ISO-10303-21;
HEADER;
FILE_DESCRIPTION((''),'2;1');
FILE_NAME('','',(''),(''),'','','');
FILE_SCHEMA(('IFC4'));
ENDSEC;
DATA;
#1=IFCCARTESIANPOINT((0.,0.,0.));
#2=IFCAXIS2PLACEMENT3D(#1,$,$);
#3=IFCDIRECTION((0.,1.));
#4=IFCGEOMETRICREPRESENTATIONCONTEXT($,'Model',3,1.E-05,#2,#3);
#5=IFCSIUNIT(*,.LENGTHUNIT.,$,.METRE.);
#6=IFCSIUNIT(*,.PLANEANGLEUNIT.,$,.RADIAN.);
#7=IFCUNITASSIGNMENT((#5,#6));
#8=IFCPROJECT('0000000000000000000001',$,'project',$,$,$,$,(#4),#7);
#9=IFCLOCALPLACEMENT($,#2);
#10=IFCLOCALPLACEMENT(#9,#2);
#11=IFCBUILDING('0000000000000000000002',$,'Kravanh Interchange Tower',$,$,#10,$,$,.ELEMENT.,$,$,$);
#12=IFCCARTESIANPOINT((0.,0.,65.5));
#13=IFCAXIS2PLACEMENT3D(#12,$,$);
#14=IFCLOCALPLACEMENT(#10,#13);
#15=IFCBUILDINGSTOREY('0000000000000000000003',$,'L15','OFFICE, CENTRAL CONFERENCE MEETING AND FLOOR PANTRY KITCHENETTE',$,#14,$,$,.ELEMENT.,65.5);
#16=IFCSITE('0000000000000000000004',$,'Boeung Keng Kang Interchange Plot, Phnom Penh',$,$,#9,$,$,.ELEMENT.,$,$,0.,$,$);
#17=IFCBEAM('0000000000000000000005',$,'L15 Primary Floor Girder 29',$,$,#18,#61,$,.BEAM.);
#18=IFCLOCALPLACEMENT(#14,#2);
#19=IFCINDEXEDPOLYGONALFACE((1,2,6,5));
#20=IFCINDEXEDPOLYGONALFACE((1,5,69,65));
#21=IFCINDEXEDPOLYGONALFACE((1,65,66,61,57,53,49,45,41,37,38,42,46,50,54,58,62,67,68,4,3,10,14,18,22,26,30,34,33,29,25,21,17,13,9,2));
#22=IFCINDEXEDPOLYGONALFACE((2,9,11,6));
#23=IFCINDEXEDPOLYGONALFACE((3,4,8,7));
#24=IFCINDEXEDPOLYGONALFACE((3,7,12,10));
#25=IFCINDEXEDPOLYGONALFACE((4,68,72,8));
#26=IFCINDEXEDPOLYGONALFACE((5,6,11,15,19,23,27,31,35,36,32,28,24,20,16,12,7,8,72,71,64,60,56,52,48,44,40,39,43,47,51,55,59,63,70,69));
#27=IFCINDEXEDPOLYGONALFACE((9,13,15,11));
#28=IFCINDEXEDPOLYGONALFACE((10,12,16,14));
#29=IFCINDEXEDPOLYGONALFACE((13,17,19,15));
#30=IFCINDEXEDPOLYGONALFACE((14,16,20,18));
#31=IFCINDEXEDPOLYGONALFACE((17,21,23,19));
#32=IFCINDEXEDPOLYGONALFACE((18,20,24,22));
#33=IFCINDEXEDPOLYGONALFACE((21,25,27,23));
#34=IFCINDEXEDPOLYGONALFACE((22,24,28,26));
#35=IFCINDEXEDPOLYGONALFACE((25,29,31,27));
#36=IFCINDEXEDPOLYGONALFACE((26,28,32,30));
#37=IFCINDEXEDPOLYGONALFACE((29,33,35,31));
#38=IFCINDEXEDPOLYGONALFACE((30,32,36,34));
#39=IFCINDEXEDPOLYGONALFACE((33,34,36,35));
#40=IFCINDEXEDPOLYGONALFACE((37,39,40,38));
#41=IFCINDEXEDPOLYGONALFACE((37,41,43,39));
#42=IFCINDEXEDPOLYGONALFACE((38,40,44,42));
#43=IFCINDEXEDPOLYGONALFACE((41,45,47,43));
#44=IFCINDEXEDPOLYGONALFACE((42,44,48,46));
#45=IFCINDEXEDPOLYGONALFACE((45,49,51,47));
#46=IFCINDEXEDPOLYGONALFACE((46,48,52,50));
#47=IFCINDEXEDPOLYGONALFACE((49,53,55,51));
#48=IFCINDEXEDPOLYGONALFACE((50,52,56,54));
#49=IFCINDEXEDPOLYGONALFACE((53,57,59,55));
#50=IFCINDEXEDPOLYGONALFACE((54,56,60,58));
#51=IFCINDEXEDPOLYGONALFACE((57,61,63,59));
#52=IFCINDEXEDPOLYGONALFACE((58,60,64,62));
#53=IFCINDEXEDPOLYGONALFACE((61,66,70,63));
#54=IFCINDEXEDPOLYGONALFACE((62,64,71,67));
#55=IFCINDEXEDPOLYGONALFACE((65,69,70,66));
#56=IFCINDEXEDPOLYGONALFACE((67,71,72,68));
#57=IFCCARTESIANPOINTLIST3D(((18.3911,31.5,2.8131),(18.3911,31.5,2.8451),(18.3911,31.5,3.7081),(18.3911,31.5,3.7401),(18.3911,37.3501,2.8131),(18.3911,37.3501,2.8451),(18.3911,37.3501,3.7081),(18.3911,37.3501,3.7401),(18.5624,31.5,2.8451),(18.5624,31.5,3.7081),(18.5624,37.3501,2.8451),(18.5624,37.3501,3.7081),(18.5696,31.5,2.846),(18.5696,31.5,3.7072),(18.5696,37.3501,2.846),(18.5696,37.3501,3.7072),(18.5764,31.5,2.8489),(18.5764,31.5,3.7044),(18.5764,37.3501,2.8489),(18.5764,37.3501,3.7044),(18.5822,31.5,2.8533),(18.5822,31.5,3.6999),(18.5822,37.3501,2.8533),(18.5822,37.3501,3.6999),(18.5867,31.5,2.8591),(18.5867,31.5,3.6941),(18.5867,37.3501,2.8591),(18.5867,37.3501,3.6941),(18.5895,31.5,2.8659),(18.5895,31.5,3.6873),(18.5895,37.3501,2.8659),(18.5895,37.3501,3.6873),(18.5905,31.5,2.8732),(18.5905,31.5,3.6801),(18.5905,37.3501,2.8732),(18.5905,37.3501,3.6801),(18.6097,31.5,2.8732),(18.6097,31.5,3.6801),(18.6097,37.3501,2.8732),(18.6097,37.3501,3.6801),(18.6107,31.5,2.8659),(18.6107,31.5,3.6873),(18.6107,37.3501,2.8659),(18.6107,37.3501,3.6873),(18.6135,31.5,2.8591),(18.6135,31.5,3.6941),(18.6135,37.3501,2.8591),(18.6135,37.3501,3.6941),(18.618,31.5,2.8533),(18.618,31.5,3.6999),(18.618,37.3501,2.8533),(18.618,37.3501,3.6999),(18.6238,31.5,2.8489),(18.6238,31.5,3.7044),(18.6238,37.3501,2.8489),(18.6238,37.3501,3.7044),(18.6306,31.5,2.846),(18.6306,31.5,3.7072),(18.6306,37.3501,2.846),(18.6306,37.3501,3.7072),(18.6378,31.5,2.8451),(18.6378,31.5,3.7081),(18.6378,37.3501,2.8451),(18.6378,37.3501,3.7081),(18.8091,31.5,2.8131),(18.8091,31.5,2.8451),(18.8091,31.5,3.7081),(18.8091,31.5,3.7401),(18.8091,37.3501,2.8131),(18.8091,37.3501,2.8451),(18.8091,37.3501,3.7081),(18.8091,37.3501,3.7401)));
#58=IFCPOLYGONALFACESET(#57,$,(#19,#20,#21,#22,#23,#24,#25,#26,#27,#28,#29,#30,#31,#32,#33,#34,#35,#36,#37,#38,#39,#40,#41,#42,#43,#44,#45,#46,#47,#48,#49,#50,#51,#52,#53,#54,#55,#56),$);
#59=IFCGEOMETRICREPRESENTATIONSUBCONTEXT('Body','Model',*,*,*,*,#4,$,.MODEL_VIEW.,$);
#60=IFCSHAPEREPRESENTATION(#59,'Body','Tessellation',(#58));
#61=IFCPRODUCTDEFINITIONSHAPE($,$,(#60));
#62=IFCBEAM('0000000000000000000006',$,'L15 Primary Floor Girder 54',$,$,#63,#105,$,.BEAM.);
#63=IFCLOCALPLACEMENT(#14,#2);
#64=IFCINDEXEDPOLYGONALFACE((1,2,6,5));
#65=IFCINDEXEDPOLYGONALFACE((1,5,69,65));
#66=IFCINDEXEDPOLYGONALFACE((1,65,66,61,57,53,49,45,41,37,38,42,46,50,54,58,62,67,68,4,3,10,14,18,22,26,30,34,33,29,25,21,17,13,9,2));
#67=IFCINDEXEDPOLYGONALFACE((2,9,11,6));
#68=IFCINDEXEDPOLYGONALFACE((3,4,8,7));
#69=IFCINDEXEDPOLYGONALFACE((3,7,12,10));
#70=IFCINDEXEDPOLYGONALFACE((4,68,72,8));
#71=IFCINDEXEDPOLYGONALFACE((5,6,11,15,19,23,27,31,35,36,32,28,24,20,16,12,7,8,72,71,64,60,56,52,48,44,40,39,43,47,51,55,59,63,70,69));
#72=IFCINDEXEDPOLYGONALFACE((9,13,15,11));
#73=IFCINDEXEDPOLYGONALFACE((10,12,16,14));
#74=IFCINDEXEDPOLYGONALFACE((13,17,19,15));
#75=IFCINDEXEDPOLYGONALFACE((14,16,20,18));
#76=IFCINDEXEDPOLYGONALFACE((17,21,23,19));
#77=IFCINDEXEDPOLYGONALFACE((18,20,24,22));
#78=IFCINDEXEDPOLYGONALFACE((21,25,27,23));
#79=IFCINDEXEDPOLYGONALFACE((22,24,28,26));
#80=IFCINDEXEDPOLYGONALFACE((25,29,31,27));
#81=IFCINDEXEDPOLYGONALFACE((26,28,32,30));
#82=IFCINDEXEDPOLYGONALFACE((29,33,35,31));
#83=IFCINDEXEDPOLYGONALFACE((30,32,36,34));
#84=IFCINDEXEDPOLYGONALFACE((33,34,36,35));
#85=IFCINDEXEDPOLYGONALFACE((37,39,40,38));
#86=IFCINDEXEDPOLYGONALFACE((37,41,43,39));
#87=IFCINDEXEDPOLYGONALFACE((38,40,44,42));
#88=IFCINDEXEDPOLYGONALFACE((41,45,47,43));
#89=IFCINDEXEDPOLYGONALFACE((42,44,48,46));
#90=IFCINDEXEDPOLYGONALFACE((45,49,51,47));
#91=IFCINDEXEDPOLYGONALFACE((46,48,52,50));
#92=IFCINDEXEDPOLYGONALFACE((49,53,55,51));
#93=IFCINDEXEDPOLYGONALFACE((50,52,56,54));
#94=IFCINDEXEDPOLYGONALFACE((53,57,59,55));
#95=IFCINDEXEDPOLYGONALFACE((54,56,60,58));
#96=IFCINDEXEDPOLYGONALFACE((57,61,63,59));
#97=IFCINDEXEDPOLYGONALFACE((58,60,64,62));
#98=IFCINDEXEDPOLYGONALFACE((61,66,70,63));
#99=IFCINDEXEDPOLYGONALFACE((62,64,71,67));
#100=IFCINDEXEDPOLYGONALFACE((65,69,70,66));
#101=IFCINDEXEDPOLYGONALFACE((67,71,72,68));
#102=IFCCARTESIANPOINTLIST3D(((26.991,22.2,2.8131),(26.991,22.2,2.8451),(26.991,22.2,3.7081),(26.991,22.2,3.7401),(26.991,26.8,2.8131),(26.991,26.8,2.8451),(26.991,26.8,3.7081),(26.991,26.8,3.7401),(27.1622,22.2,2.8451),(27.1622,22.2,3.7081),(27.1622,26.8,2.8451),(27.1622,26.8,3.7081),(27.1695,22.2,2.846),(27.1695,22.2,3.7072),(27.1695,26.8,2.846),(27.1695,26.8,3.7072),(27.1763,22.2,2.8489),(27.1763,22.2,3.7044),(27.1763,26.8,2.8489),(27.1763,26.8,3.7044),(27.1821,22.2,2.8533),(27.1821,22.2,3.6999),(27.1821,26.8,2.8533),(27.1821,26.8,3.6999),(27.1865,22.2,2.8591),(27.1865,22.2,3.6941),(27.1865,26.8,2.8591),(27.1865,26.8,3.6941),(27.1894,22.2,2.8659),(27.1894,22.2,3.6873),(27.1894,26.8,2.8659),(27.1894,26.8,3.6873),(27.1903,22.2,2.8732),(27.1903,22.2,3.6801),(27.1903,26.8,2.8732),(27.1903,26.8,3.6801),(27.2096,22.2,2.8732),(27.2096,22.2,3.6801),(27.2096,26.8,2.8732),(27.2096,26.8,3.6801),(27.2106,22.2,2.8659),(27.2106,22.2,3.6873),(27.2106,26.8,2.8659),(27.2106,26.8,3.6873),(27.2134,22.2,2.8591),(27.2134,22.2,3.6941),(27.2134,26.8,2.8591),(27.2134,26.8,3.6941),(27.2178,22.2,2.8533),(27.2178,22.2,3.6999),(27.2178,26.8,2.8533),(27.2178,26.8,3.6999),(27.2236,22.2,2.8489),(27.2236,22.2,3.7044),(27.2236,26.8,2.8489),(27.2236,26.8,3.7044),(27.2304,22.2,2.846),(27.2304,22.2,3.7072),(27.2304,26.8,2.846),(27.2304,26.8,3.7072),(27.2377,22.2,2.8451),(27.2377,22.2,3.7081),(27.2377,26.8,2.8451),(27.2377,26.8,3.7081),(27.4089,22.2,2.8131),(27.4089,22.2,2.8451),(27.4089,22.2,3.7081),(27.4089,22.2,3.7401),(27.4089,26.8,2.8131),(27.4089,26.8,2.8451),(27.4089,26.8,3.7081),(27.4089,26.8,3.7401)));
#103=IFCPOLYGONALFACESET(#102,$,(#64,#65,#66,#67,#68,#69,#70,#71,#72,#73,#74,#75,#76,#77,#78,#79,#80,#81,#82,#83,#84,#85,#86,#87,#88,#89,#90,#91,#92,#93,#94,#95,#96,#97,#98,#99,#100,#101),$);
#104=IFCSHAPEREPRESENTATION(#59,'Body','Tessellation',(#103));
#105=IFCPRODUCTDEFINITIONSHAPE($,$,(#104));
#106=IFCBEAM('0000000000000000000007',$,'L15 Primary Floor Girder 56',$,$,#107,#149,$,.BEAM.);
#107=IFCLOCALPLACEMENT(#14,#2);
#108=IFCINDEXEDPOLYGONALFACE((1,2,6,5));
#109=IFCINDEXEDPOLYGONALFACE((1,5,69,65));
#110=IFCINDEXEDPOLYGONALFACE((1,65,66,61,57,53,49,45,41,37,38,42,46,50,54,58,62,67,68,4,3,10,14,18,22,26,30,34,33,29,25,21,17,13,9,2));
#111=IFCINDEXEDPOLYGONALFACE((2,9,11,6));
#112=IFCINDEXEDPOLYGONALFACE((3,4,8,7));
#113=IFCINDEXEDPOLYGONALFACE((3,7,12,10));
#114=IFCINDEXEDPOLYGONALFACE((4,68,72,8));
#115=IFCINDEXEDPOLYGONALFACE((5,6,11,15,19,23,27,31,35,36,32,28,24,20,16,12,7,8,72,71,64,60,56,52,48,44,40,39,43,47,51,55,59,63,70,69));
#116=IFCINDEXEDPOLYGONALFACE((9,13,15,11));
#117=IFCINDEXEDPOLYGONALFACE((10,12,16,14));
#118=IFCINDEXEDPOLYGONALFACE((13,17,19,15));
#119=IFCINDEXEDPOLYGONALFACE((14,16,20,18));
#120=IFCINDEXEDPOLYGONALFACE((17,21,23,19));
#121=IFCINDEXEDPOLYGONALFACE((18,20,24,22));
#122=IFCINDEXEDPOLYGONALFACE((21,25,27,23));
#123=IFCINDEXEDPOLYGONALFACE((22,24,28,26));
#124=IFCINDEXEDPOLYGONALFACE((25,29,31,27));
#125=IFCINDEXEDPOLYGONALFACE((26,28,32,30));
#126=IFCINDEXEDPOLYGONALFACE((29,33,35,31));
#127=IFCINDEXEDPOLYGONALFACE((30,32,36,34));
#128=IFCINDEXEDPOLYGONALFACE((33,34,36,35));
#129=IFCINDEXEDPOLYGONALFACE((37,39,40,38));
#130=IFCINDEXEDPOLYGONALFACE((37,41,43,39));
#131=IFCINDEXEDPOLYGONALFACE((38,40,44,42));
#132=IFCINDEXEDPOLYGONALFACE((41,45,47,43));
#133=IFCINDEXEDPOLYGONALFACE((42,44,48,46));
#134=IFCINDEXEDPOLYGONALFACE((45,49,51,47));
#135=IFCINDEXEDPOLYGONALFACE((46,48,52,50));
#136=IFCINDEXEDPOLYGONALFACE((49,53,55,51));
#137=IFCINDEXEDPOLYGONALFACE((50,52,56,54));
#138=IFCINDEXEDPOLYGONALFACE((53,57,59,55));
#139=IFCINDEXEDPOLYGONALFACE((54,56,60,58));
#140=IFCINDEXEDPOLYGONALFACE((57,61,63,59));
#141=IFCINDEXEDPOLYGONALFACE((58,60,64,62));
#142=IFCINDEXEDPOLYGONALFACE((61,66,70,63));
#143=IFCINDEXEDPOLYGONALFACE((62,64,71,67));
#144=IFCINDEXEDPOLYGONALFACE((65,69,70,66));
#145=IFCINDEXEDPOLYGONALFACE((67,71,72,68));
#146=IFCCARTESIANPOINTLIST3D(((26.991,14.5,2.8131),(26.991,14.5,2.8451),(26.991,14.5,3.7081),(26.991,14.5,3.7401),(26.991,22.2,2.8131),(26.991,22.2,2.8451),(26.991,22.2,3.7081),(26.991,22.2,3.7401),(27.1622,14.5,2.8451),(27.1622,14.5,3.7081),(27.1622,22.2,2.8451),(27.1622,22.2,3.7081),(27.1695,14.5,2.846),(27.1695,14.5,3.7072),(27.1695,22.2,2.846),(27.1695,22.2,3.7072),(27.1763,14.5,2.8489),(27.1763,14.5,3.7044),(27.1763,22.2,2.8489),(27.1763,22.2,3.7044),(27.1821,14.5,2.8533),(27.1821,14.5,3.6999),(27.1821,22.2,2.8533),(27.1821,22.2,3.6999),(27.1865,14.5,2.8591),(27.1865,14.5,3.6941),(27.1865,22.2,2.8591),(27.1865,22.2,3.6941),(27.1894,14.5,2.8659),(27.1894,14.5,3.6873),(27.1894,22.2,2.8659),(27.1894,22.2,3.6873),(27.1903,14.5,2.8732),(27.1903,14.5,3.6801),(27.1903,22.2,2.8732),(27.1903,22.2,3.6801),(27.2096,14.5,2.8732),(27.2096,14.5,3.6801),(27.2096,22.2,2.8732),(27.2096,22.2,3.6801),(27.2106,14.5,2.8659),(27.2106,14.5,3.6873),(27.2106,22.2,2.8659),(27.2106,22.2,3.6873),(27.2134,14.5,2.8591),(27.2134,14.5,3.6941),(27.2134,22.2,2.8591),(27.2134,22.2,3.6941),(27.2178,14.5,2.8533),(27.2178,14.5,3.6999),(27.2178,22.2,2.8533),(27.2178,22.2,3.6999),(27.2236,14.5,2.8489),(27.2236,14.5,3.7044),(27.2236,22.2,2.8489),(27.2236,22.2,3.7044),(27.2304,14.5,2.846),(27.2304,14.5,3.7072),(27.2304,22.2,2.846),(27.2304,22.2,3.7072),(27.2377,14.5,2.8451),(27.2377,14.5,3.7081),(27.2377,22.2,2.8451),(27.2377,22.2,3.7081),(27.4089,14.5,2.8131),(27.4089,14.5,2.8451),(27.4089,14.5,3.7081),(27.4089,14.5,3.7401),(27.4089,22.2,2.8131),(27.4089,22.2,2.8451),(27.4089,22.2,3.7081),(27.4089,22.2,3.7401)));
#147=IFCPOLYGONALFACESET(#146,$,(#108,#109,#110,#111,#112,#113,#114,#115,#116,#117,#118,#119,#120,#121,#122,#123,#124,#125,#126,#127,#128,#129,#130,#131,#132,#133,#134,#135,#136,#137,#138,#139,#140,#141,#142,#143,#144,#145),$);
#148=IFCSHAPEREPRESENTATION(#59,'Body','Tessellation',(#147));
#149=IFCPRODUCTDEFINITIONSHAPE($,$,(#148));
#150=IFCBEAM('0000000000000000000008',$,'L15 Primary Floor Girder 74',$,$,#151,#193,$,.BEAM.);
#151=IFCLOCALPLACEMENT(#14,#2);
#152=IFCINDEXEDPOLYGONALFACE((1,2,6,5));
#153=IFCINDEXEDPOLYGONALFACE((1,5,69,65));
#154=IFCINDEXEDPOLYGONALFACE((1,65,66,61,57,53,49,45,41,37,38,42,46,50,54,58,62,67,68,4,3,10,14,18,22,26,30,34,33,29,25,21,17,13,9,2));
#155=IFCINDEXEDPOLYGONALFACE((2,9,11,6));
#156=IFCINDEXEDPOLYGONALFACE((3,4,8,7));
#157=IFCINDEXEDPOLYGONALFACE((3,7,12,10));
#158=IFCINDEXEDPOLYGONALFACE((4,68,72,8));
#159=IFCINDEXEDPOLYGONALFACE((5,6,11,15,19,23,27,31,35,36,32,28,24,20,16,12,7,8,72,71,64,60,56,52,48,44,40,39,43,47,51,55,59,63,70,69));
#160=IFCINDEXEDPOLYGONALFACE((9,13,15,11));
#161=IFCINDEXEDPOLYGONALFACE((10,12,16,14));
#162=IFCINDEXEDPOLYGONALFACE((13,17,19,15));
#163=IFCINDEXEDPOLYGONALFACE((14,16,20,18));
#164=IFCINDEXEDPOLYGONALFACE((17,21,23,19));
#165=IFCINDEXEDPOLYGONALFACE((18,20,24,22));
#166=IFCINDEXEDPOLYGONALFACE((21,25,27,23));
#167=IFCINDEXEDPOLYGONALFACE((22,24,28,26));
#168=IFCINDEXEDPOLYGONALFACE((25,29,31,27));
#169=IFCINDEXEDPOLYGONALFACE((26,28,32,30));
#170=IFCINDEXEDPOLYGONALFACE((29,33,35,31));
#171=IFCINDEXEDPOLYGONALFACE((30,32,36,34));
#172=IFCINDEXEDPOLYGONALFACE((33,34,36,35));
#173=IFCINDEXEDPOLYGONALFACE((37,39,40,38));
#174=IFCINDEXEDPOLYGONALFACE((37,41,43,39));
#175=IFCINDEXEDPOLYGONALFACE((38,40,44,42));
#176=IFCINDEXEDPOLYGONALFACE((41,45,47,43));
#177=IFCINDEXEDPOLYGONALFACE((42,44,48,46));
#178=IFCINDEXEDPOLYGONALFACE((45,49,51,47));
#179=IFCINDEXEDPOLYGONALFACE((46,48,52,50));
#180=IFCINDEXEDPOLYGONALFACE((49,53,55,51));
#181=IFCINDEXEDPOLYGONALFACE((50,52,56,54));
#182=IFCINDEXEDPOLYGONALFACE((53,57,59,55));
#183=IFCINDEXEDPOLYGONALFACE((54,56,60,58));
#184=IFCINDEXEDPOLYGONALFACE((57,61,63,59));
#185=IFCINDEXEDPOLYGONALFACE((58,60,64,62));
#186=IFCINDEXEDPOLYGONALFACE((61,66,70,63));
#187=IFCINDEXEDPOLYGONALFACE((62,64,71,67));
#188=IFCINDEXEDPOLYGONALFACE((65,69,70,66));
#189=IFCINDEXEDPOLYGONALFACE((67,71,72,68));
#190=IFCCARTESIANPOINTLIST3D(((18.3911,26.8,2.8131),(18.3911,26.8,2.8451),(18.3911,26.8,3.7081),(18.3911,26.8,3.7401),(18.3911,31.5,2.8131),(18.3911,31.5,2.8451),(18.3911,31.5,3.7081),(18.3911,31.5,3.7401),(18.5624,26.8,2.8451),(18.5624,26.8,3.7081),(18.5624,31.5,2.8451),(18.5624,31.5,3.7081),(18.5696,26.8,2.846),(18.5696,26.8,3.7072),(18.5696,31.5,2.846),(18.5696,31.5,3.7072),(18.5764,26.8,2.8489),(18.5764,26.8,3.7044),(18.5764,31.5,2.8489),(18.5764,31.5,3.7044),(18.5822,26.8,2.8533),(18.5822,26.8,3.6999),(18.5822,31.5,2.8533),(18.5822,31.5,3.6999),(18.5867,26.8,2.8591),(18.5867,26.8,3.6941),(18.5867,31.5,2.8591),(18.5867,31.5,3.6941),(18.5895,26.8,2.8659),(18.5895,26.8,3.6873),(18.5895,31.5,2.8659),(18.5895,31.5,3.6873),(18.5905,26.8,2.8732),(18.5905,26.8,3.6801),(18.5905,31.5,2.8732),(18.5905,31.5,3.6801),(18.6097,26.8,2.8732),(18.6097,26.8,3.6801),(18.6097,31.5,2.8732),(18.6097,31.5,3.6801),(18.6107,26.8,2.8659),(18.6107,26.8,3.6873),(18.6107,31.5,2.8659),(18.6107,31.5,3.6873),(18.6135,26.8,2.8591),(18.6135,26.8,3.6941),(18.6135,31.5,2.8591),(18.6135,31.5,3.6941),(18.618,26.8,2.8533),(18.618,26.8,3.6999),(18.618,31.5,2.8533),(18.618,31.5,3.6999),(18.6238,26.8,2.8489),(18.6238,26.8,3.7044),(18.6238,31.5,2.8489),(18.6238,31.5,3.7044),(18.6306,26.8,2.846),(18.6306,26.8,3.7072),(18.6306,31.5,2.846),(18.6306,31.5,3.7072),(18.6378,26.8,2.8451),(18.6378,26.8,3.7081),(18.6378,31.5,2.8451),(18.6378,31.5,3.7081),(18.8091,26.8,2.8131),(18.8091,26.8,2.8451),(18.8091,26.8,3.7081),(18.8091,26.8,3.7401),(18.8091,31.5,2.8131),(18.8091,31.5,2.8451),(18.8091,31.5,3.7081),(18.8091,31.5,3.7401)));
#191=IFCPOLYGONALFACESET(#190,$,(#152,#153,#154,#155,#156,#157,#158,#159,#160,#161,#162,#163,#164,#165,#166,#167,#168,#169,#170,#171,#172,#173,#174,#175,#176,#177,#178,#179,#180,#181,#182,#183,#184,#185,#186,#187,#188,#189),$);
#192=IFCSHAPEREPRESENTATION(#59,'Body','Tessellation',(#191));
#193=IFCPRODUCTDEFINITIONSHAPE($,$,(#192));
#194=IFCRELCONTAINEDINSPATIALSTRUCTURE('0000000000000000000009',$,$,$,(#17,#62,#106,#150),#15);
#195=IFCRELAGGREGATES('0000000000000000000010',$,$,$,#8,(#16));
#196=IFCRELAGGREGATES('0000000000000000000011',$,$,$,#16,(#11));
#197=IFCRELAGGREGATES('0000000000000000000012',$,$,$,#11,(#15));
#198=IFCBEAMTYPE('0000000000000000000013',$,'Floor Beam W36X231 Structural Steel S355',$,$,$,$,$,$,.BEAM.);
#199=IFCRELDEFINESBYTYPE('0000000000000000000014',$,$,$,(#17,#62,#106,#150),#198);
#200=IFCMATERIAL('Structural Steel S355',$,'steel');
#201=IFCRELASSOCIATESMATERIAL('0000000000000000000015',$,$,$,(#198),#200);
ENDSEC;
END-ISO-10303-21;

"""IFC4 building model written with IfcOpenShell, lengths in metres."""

from ifc_helpers import new_model, si_unit, direction, frame, origin, origin_2d, place, context, subcontext, project, spatial, i_section, extrude, material, material_profile, profile_set, type_object, element, save


model = new_model("IFC4")

# Units and contexts
model_context = context("Model", 3, precision=1e-05, world=origin(), true_north=direction((0.0, 1.0)))
body_context = subcontext(model_context, "Body", "Model", "MODEL_VIEW")
ifc_project = project(units=[si_unit("LENGTHUNIT", "METRE"), si_unit("PLANEANGLEUNIT", "RADIAN")], contexts=[model_context])

# Site, building, storey
site_placement = place(None, origin())
site = spatial("IfcSite", under=ifc_project, at=site_placement, Name="Boeung Keng Kang Interchange Plot, Phnom Penh", CompositionType="ELEMENT", RefElevation=0.0)
building_placement = place(site_placement, origin())
building = spatial("IfcBuilding", under=site, at=building_placement, Name="Kravanh Interchange Tower", CompositionType="ELEMENT")
storey_placement = place(building_placement, frame((0.0, 0.0, 65.5)))
storey = spatial("IfcBuildingStorey", under=building, at=storey_placement, Name="L15", Description="OFFICE, CENTRAL CONFERENCE MEETING AND FLOOR PANTRY KITCHENETTE", CompositionType="ELEMENT", Elevation=65.5)

# Beams
ifc_material_1 = material(Name="Structural Steel S355", Category="steel")
ifc_material_profile_1 = material_profile(ifc_material_1, i_section(OverallWidth=0.418, OverallDepth=0.927, WebThickness=0.0193, FlangeThickness=0.032, FilletRadius=0.0281, at=origin_2d()), Name="W36X231")
ifc_profile_set_1 = profile_set([ifc_material_profile_1], Name="Structural Steel S355")
beam_type_1 = type_object("IfcBeamType", Name="Floor Beam W36X231 Structural Steel S355", PredefinedType="BEAM", material=ifc_profile_set_1)
beam_1_placement = place(storey_placement, frame((18.6001, 37.3501, 3.2766), z_axis=(0.0, -1.0, 0.0), x_axis=(1.0, 0.0, 0.0)))
element("IfcBeam", 1, at=beam_1_placement, inside=storey, type_object=beam_type_1, Name="L15 Primary Floor Girder 29", PredefinedType="BEAM", context=body_context, shape_type="SweptSolid", body=[
    extrude(i_section(OverallWidth=0.418, OverallDepth=0.927, WebThickness=0.0193, FlangeThickness=0.032, FilletRadius=0.0281, at=origin_2d()), origin(), (0.0, 0.0, 1.0), 5.8501),
])
beam_2_placement = place(storey_placement, frame((27.2, 22.2, 3.2766), z_axis=(0.0, 1.0, 0.0), x_axis=(-1.0, 0.0, 0.0)))
element("IfcBeam", 2, at=beam_2_placement, inside=storey, type_object=beam_type_1, Name="L15 Primary Floor Girder 54", PredefinedType="BEAM", context=body_context, shape_type="SweptSolid", body=[
    extrude(i_section(OverallWidth=0.418, OverallDepth=0.927, WebThickness=0.0193, FlangeThickness=0.032, FilletRadius=0.0281, at=origin_2d()), origin(), (0.0, 0.0, 1.0), 4.6001),
])
beam_3_placement = place(storey_placement, frame((27.2, 22.2, 3.2766), z_axis=(0.0, -1.0, 0.0), x_axis=(1.0, 0.0, 0.0)))
element("IfcBeam", 3, at=beam_3_placement, inside=storey, type_object=beam_type_1, Name="L15 Primary Floor Girder 56", PredefinedType="BEAM", context=body_context, shape_type="SweptSolid", body=[
    extrude(i_section(OverallWidth=0.418, OverallDepth=0.927, WebThickness=0.0193, FlangeThickness=0.032, FilletRadius=0.0281, at=origin_2d()), origin(), (0.0, 0.0, 1.0), 7.7),
])
beam_4_placement = place(storey_placement, frame((18.6001, 26.8, 3.2766), z_axis=(0.0, 1.0, 0.0), x_axis=(-1.0, 0.0, 0.0)))
element("IfcBeam", 4, at=beam_4_placement, inside=storey, type_object=beam_type_1, Name="L15 Primary Floor Girder 74", PredefinedType="BEAM", context=body_context, shape_type="SweptSolid", body=[
    extrude(i_section(OverallWidth=0.418, OverallDepth=0.927, WebThickness=0.0193, FlangeThickness=0.032, FilletRadius=0.0281, at=origin_2d()), origin(), (0.0, 0.0, 1.0), 4.7),
])

save(model, "model.ifc")
